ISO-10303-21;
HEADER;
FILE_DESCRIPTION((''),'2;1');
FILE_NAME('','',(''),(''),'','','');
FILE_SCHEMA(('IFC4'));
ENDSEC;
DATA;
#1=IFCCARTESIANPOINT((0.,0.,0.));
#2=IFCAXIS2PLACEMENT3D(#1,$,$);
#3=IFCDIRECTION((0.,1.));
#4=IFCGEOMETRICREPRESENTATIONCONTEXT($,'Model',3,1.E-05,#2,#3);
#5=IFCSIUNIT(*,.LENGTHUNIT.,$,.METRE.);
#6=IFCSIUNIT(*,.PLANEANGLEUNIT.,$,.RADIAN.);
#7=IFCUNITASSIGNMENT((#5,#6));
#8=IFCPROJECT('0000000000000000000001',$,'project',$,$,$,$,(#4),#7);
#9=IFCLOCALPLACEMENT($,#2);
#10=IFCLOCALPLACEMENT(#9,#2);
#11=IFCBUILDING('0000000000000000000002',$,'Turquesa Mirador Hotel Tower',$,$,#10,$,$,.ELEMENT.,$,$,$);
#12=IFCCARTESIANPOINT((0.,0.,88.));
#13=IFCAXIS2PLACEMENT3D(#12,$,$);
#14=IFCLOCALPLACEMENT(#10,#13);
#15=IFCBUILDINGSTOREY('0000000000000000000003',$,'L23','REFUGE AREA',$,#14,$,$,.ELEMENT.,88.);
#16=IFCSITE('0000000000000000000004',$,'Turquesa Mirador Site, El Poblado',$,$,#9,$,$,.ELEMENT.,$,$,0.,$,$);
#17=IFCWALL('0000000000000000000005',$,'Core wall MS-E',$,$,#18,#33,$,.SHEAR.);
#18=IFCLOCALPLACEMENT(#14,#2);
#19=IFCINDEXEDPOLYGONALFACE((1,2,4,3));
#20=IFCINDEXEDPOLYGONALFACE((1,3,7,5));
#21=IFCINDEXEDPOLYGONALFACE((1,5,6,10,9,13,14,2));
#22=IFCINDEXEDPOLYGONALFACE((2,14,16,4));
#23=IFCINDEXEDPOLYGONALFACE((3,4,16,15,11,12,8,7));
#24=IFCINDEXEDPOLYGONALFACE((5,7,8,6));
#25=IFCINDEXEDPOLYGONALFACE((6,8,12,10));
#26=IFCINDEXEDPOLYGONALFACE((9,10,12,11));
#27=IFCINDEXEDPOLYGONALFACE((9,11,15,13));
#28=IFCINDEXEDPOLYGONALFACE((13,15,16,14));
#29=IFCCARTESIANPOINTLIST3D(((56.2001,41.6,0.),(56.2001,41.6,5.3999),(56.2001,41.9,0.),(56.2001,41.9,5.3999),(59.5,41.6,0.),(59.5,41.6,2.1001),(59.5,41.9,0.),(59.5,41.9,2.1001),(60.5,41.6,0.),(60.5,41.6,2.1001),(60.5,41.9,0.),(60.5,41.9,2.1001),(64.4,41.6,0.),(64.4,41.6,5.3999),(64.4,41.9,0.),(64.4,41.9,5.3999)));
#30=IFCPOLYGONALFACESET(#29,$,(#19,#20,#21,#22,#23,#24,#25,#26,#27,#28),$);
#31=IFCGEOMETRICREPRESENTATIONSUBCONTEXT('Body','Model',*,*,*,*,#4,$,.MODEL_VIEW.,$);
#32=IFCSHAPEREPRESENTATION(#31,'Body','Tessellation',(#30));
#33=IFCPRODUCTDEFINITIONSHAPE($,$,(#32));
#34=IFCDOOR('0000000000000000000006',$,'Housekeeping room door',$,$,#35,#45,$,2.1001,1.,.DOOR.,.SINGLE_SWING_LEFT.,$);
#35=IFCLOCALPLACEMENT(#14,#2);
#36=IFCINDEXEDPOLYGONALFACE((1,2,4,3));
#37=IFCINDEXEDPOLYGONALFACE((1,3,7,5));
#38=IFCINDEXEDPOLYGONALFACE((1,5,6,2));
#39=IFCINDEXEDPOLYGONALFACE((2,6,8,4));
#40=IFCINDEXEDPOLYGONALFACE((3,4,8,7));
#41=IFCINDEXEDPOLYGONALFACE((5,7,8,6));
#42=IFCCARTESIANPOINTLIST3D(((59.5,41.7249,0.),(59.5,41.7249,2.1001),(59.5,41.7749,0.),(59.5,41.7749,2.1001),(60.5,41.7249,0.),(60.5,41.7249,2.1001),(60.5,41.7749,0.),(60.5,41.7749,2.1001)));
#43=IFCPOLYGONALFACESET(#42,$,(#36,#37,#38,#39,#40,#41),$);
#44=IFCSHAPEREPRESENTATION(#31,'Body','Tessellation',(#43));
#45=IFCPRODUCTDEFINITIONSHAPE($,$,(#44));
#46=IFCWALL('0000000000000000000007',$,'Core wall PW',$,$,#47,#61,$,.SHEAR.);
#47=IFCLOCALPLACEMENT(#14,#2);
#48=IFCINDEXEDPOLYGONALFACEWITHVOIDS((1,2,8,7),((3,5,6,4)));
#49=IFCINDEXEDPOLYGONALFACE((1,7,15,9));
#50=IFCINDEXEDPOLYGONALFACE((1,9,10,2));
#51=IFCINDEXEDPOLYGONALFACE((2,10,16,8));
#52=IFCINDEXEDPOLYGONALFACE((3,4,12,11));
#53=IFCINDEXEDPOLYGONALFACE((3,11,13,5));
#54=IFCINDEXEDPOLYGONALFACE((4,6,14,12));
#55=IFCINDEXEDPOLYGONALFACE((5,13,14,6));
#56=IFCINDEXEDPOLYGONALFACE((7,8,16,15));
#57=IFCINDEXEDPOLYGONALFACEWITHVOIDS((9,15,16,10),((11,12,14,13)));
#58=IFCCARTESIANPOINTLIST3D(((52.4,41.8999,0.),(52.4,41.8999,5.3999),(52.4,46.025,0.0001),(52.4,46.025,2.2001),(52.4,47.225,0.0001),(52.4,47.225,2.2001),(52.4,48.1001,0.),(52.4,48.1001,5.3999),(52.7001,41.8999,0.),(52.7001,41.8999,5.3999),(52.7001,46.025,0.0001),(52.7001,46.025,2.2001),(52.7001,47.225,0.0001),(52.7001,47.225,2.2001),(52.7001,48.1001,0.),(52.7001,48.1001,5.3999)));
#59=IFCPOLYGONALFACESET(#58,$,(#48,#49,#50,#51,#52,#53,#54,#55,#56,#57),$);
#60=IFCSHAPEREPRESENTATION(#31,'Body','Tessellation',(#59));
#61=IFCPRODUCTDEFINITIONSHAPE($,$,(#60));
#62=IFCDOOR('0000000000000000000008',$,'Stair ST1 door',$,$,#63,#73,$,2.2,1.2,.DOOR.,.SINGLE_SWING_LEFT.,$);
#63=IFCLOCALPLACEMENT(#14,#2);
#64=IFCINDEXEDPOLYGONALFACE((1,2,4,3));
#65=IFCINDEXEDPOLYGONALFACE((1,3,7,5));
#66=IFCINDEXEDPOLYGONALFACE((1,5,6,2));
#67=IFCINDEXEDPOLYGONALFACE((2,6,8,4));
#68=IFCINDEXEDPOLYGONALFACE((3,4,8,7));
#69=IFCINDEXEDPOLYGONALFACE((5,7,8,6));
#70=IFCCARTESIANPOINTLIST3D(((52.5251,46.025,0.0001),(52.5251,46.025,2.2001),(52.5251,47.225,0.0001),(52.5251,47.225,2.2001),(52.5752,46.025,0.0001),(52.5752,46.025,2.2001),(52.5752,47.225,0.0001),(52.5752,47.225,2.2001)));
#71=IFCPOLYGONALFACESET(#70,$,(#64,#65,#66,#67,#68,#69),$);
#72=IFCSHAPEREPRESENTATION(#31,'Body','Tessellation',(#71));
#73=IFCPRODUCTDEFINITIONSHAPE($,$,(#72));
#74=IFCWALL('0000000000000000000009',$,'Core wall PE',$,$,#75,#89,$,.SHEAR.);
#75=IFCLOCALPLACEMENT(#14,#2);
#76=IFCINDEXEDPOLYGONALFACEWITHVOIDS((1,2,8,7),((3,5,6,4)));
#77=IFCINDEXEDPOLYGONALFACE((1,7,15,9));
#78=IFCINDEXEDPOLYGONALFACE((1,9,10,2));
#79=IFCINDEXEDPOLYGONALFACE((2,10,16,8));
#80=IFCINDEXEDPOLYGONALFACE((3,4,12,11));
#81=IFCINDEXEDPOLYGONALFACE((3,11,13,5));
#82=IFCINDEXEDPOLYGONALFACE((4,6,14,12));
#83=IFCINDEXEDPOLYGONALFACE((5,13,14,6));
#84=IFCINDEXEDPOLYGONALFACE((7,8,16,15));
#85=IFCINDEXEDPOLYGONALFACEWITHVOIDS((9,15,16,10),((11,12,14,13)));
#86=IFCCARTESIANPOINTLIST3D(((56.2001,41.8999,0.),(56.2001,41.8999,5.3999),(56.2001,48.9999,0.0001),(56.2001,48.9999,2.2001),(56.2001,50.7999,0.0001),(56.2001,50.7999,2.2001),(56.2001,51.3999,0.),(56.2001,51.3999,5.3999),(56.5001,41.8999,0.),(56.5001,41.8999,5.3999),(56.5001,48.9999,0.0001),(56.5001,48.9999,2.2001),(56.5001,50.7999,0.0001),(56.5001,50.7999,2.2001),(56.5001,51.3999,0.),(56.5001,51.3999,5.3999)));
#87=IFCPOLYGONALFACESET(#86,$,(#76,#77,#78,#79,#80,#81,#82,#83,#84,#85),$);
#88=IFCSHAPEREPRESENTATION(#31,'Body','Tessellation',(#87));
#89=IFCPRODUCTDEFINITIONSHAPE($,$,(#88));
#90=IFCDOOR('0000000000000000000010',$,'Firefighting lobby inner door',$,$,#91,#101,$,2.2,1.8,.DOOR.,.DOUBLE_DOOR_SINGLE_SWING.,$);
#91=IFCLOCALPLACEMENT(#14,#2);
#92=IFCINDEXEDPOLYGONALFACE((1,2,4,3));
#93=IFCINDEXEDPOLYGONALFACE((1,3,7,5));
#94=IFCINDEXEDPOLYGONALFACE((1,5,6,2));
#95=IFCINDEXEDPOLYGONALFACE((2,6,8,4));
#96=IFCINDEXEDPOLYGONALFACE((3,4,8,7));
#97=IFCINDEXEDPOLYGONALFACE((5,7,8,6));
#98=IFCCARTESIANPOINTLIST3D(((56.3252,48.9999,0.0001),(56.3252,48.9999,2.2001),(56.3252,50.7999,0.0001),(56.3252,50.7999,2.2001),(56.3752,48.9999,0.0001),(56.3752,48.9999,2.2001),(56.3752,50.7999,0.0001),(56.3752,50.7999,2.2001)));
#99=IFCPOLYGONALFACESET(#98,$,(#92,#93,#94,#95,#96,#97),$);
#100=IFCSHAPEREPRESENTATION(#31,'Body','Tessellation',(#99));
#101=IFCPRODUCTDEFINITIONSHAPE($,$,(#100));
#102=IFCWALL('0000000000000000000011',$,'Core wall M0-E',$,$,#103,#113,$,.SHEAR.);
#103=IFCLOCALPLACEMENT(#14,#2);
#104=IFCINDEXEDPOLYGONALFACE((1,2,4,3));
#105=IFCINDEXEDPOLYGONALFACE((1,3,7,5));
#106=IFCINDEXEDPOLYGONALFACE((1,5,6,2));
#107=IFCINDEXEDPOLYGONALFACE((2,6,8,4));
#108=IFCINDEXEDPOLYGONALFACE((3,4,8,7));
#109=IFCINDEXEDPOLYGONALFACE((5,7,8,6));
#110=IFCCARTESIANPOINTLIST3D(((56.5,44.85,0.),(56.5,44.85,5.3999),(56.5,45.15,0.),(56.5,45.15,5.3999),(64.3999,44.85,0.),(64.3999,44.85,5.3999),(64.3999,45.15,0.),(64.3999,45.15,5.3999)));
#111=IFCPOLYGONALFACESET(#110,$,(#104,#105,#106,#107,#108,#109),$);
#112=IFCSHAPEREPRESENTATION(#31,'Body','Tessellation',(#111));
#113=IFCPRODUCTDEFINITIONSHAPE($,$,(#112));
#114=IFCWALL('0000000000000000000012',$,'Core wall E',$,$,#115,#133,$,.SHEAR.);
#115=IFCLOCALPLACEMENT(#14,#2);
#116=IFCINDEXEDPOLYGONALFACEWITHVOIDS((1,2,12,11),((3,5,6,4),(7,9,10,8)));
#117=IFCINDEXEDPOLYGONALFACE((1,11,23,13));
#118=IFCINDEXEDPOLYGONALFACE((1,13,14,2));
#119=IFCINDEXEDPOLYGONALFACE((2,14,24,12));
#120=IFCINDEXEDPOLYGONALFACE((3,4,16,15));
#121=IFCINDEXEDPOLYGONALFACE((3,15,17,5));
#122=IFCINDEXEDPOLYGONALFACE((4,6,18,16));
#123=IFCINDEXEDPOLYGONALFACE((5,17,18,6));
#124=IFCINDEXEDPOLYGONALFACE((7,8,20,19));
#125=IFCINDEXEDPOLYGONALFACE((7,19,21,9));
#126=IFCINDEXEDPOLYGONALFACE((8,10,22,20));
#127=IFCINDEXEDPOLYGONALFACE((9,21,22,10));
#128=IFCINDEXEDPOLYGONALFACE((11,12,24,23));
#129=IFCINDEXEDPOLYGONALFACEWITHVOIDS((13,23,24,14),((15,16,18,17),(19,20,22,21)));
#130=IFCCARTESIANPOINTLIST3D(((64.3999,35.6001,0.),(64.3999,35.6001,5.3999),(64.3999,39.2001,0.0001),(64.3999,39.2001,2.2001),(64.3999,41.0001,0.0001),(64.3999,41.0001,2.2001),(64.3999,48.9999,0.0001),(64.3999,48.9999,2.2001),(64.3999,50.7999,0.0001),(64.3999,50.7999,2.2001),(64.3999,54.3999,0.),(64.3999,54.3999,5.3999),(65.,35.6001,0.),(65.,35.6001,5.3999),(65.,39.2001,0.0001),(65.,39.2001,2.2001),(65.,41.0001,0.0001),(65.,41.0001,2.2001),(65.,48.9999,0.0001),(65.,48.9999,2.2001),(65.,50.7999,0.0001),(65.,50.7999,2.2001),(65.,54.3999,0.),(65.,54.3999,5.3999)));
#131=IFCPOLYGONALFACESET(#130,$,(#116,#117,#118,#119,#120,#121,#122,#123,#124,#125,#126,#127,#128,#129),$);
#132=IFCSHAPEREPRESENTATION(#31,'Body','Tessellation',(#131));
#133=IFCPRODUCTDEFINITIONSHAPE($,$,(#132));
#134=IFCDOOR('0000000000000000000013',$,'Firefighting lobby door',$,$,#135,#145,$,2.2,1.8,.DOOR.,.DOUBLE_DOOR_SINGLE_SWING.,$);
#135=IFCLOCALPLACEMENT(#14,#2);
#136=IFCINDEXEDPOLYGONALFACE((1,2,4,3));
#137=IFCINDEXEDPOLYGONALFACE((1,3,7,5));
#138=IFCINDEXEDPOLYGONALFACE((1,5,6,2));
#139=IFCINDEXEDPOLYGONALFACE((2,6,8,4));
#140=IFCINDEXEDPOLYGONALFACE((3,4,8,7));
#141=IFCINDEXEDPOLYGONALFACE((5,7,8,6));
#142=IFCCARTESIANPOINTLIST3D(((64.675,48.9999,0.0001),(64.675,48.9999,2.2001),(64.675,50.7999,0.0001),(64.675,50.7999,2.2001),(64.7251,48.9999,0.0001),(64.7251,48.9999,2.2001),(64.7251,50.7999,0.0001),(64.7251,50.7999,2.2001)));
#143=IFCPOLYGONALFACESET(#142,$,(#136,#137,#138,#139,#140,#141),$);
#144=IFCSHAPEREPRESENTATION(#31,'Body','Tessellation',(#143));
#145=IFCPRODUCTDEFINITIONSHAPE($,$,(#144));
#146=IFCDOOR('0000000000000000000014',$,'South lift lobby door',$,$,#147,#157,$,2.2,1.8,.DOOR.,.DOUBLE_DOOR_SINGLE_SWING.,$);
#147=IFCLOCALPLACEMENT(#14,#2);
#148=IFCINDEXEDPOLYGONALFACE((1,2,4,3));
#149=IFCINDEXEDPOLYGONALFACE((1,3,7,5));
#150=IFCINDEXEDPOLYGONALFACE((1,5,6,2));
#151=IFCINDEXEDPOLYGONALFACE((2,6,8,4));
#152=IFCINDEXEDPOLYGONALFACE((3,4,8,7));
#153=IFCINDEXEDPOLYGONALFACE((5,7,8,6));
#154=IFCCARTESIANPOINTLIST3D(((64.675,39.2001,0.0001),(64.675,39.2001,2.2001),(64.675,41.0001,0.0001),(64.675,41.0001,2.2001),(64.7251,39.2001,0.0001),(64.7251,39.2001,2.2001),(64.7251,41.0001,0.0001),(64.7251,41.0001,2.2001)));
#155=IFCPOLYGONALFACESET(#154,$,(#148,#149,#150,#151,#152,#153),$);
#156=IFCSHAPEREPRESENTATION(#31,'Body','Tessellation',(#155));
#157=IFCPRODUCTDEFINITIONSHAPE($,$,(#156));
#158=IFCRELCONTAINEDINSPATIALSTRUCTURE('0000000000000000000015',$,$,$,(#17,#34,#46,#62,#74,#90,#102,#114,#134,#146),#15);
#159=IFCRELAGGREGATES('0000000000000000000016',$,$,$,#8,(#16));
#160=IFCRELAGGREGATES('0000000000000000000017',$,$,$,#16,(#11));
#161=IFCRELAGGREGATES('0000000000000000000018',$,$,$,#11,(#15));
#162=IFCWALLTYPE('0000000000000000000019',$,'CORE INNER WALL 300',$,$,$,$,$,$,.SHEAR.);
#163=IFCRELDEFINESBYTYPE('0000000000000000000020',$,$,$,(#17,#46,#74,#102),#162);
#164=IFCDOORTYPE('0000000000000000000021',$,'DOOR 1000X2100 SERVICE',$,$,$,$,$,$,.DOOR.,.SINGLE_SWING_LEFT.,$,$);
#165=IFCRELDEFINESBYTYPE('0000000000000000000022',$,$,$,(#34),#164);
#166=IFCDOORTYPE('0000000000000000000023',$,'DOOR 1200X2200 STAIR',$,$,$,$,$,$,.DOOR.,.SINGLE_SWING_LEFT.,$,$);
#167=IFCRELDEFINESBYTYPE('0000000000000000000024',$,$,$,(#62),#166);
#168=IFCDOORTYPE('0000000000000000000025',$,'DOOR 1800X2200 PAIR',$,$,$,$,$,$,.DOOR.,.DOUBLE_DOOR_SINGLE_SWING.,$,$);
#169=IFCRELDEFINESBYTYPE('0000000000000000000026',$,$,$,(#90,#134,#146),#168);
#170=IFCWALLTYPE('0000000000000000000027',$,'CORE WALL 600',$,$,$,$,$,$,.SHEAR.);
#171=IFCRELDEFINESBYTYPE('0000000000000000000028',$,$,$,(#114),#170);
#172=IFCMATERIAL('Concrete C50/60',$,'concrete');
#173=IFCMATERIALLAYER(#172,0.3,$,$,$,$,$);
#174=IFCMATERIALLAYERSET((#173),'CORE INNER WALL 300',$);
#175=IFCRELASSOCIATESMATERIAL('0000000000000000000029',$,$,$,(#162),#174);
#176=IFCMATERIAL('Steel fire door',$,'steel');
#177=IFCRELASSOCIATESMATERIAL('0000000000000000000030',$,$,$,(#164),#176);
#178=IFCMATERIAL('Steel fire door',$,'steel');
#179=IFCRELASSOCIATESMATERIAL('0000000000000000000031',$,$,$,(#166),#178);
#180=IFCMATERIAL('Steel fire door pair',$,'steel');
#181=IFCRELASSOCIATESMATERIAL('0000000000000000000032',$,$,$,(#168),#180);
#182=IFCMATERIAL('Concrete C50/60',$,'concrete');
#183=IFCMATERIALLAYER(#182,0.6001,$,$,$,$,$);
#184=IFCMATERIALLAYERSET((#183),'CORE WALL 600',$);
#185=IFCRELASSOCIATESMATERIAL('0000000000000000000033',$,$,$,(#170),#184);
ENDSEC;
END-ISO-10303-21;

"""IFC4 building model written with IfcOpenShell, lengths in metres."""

from ifc_helpers import new_model, si_unit, direction, frame, frame_2d, origin, place, context, subcontext, project, spatial, rectangle, extrude, material, layer, layer_set, type_object, element, fill, save


model = new_model("IFC4")

# Units and contexts
model_context = context("Model", 3, precision=1e-05, world=origin(), true_north=direction((0.0, 1.0)))
body_context = subcontext(model_context, "Body", "Model", "MODEL_VIEW")
ifc_project = project(units=[si_unit("LENGTHUNIT", "METRE"), si_unit("PLANEANGLEUNIT", "RADIAN")], contexts=[model_context])

# Site, building, storey
site_placement = place(None, origin())
site = spatial("IfcSite", under=ifc_project, at=site_placement, Name="Turquesa Mirador Site, El Poblado", CompositionType="ELEMENT", RefElevation=0.0)
building_placement = place(site_placement, origin())
building = spatial("IfcBuilding", under=site, at=building_placement, Name="Turquesa Mirador Hotel Tower", CompositionType="ELEMENT")
storey_placement = place(building_placement, frame((0.0, 0.0, 88.0)))
storey = spatial("IfcBuildingStorey", under=building, at=storey_placement, Name="L23", Description="REFUGE AREA", CompositionType="ELEMENT", Elevation=88.0)

# Walls, openings, doors
ifc_material_1 = material(Name="Concrete C50/60", Category="concrete")
ifc_layer_1 = layer(ifc_material_1, 0.3)
ifc_layer_set_1 = layer_set([ifc_layer_1], Name="CORE INNER WALL 300")
wall_type_1 = type_object("IfcWallType", Name="CORE INNER WALL 300", PredefinedType="SHEAR", material=ifc_layer_set_1)
wall_1_placement = place(storey_placement, frame((56.2, 41.75, 0.0), z_axis=(0.0, 0.0, 1.0), x_axis=(1.0, 0.0, 0.0)))
wall_1 = element("IfcWall", 1, at=wall_1_placement, inside=storey, type_object=wall_type_1, Name="Core wall MS-E", PredefinedType="SHEAR", context=body_context, shape_type="SweptSolid", body=[
    extrude(rectangle(XDim=8.2, YDim=0.3, at=frame_2d((4.1001, 0.0))), origin(), (0.0, 0.0, 1.0), 5.3999),
])
opening_1_placement = place(wall_1_placement, frame((3.3, 0.0, 0.0)))
opening_1 = element("IfcOpeningElement", 2, at=opening_1_placement, cuts=wall_1, PredefinedType="OPENING", context=body_context, shape_type="SweptSolid", body=[
    extrude(rectangle(XDim=1.0, YDim=2.1001, at=frame_2d((0.5, 1.05))), frame((0.0, 0.1599, 0.0), z_axis=(0.0, -1.0, 0.0), x_axis=(1.0, 0.0, 0.0)), (0.0, 0.0, 1.0), 0.3201),
])
ifc_material_2 = material(Name="Steel fire door", Category="steel")
door_type_1 = type_object("IfcDoorType", Name="DOOR 1000X2100 SERVICE", OperationType="SINGLE_SWING_LEFT", PredefinedType="DOOR", material=ifc_material_2)
door_1_placement = place(opening_1_placement, origin())
door_1 = element("IfcDoor", 3, at=door_1_placement, inside=storey, type_object=door_type_1, Name="Housekeeping room door", OperationType="SINGLE_SWING_LEFT", OverallHeight=2.1001, OverallWidth=1.0, PredefinedType="DOOR", context=body_context, shape_type="SweptSolid", body=[
    extrude(rectangle(XDim=1.0, YDim=2.1001, at=frame_2d((0.5, 1.05))), frame((0.0, 0.0249, 0.0), z_axis=(0.0, -1.0, 0.0), x_axis=(1.0, 0.0, 0.0)), (0.0, 0.0, 1.0), 0.05),
])
fill(opening_1, door_1)
wall_2_placement = place(storey_placement, frame((52.55, 41.8999, 0.0), z_axis=(0.0, 0.0, 1.0), x_axis=(0.0, 1.0, 0.0)))
wall_2 = element("IfcWall", 4, at=wall_2_placement, inside=storey, type_object=wall_type_1, Name="Core wall PW", PredefinedType="SHEAR", context=body_context, shape_type="SweptSolid", body=[
    extrude(rectangle(XDim=6.2002, YDim=0.3, at=frame_2d((3.1001, 0.0))), origin(), (0.0, 0.0, 1.0), 5.3999),
])
opening_2_placement = place(wall_2_placement, frame((4.125, 0.0, 0.0)))
opening_2 = element("IfcOpeningElement", 5, at=opening_2_placement, cuts=wall_2, PredefinedType="OPENING", context=body_context, shape_type="SweptSolid", body=[
    extrude(rectangle(XDim=1.2, YDim=2.2, at=frame_2d((0.6001, 1.1001))), frame((0.0, 0.1599, 0.0), z_axis=(0.0, -1.0, 0.0), x_axis=(1.0, 0.0, 0.0)), (0.0, 0.0, 1.0), 0.3201),
])
ifc_material_3 = material(Name="Steel fire door", Category="steel")
door_type_2 = type_object("IfcDoorType", Name="DOOR 1200X2200 STAIR", OperationType="SINGLE_SWING_LEFT", PredefinedType="DOOR", material=ifc_material_3)
door_2_placement = place(opening_2_placement, origin())
door_2 = element("IfcDoor", 6, at=door_2_placement, inside=storey, type_object=door_type_2, Name="Stair ST1 door", OperationType="SINGLE_SWING_LEFT", OverallHeight=2.2, OverallWidth=1.2, PredefinedType="DOOR", context=body_context, shape_type="SweptSolid", body=[
    extrude(rectangle(XDim=1.2, YDim=2.2, at=frame_2d((0.6001, 1.1001))), frame((0.0, 0.0249, 0.0), z_axis=(0.0, -1.0, 0.0), x_axis=(1.0, 0.0, 0.0)), (0.0, 0.0, 1.0), 0.05),
])
fill(opening_2, door_2)
wall_3_placement = place(storey_placement, frame((56.3501, 41.8999, 0.0), z_axis=(0.0, 0.0, 1.0), x_axis=(0.0, 1.0, 0.0)))
wall_3 = element("IfcWall", 7, at=wall_3_placement, inside=storey, type_object=wall_type_1, Name="Core wall PE", PredefinedType="SHEAR", context=body_context, shape_type="SweptSolid", body=[
    extrude(rectangle(XDim=9.5, YDim=0.3, at=frame_2d((4.75, 0.0))), origin(), (0.0, 0.0, 1.0), 5.3999),
])
opening_3_placement = place(wall_3_placement, frame((7.1001, 0.0, 0.0)))
opening_3 = element("IfcOpeningElement", 8, at=opening_3_placement, cuts=wall_3, PredefinedType="OPENING", context=body_context, shape_type="SweptSolid", body=[
    extrude(rectangle(XDim=1.8, YDim=2.2, at=frame_2d((0.8999, 1.1001))), frame((0.0, 0.1599, 0.0), z_axis=(0.0, -1.0, 0.0), x_axis=(1.0, 0.0, 0.0)), (0.0, 0.0, 1.0), 0.3201),
])
ifc_material_4 = material(Name="Steel fire door pair", Category="steel")
door_type_3 = type_object("IfcDoorType", Name="DOOR 1800X2200 PAIR", OperationType="DOUBLE_DOOR_SINGLE_SWING", PredefinedType="DOOR", material=ifc_material_4)
door_3_placement = place(opening_3_placement, origin())
door_3 = element("IfcDoor", 9, at=door_3_placement, inside=storey, type_object=door_type_3, Name="Firefighting lobby inner door", OperationType="DOUBLE_DOOR_SINGLE_SWING", OverallHeight=2.2, OverallWidth=1.8, PredefinedType="DOOR", context=body_context, shape_type="SweptSolid", body=[
    extrude(rectangle(XDim=1.8, YDim=2.2, at=frame_2d((0.8999, 1.1001))), frame((0.0, 0.0249, 0.0), z_axis=(0.0, -1.0, 0.0), x_axis=(1.0, 0.0, 0.0)), (0.0, 0.0, 1.0), 0.05),
])
fill(opening_3, door_3)

# Wall
wall_4_placement = place(storey_placement, frame((56.5, 45.0, 0.0), z_axis=(0.0, 0.0, 1.0), x_axis=(1.0, 0.0, 0.0)))
element("IfcWall", 10, at=wall_4_placement, inside=storey, type_object=wall_type_1, Name="Core wall M0-E", PredefinedType="SHEAR", context=body_context, shape_type="SweptSolid", body=[
    extrude(rectangle(XDim=7.8999, YDim=0.3, at=frame_2d((3.95, 0.0))), origin(), (0.0, 0.0, 1.0), 5.3999),
])

# Wall, openings, doors
ifc_material_5 = material(Name="Concrete C50/60", Category="concrete")
ifc_layer_2 = layer(ifc_material_5, 0.6001)
ifc_layer_set_2 = layer_set([ifc_layer_2], Name="CORE WALL 600")
wall_type_2 = type_object("IfcWallType", Name="CORE WALL 600", PredefinedType="SHEAR", material=ifc_layer_set_2)
wall_5_placement = place(storey_placement, frame((64.7, 35.6001, 0.0), z_axis=(0.0, 0.0, 1.0), x_axis=(0.0, 1.0, 0.0)))
wall_5 = element("IfcWall", 11, at=wall_5_placement, inside=storey, type_object=wall_type_2, Name="Core wall E", PredefinedType="SHEAR", context=body_context, shape_type="SweptSolid", body=[
    extrude(rectangle(XDim=18.7998, YDim=0.6001, at=frame_2d((9.3999, 0.0))), origin(), (0.0, 0.0, 1.0), 5.3999),
])
opening_4_placement = place(wall_5_placement, frame((13.3999, 0.0, 0.0)))
opening_4 = element("IfcOpeningElement", 12, at=opening_4_placement, cuts=wall_5, PredefinedType="OPENING", context=body_context, shape_type="SweptSolid", body=[
    extrude(rectangle(XDim=1.8, YDim=2.2, at=frame_2d((0.8999, 1.1001))), frame((0.0, 0.3101, 0.0), z_axis=(0.0, -1.0, 0.0), x_axis=(1.0, 0.0, 0.0)), (0.0, 0.0, 1.0), 0.6201),
])
opening_5_placement = place(wall_5_placement, frame((3.6001, 0.0, 0.0)))
opening_5 = element("IfcOpeningElement", 13, at=opening_5_placement, cuts=wall_5, PredefinedType="OPENING", context=body_context, shape_type="SweptSolid", body=[
    extrude(rectangle(XDim=1.8, YDim=2.2, at=frame_2d((0.8999, 1.1001))), frame((0.0, 0.3101, 0.0), z_axis=(0.0, -1.0, 0.0), x_axis=(1.0, 0.0, 0.0)), (0.0, 0.0, 1.0), 0.6201),
])
door_4_placement = place(opening_4_placement, origin())
door_4 = element("IfcDoor", 14, at=door_4_placement, inside=storey, type_object=door_type_3, Name="Firefighting lobby door", OperationType="DOUBLE_DOOR_SINGLE_SWING", OverallHeight=2.2, OverallWidth=1.8, PredefinedType="DOOR", context=body_context, shape_type="SweptSolid", body=[
    extrude(rectangle(XDim=1.8, YDim=2.2, at=frame_2d((0.8999, 1.1001))), frame((0.0, 0.0249, 0.0), z_axis=(0.0, -1.0, 0.0), x_axis=(1.0, 0.0, 0.0)), (0.0, 0.0, 1.0), 0.05),
])
fill(opening_4, door_4)
door_5_placement = place(opening_5_placement, origin())
door_5 = element("IfcDoor", 15, at=door_5_placement, inside=storey, type_object=door_type_3, Name="South lift lobby door", OperationType="DOUBLE_DOOR_SINGLE_SWING", OverallHeight=2.2, OverallWidth=1.8, PredefinedType="DOOR", context=body_context, shape_type="SweptSolid", body=[
    extrude(rectangle(XDim=1.8, YDim=2.2, at=frame_2d((0.8999, 1.1001))), frame((0.0, 0.0249, 0.0), z_axis=(0.0, -1.0, 0.0), x_axis=(1.0, 0.0, 0.0)), (0.0, 0.0, 1.0), 0.05),
])
fill(opening_5, door_5)

save(model, "model.ifc")
